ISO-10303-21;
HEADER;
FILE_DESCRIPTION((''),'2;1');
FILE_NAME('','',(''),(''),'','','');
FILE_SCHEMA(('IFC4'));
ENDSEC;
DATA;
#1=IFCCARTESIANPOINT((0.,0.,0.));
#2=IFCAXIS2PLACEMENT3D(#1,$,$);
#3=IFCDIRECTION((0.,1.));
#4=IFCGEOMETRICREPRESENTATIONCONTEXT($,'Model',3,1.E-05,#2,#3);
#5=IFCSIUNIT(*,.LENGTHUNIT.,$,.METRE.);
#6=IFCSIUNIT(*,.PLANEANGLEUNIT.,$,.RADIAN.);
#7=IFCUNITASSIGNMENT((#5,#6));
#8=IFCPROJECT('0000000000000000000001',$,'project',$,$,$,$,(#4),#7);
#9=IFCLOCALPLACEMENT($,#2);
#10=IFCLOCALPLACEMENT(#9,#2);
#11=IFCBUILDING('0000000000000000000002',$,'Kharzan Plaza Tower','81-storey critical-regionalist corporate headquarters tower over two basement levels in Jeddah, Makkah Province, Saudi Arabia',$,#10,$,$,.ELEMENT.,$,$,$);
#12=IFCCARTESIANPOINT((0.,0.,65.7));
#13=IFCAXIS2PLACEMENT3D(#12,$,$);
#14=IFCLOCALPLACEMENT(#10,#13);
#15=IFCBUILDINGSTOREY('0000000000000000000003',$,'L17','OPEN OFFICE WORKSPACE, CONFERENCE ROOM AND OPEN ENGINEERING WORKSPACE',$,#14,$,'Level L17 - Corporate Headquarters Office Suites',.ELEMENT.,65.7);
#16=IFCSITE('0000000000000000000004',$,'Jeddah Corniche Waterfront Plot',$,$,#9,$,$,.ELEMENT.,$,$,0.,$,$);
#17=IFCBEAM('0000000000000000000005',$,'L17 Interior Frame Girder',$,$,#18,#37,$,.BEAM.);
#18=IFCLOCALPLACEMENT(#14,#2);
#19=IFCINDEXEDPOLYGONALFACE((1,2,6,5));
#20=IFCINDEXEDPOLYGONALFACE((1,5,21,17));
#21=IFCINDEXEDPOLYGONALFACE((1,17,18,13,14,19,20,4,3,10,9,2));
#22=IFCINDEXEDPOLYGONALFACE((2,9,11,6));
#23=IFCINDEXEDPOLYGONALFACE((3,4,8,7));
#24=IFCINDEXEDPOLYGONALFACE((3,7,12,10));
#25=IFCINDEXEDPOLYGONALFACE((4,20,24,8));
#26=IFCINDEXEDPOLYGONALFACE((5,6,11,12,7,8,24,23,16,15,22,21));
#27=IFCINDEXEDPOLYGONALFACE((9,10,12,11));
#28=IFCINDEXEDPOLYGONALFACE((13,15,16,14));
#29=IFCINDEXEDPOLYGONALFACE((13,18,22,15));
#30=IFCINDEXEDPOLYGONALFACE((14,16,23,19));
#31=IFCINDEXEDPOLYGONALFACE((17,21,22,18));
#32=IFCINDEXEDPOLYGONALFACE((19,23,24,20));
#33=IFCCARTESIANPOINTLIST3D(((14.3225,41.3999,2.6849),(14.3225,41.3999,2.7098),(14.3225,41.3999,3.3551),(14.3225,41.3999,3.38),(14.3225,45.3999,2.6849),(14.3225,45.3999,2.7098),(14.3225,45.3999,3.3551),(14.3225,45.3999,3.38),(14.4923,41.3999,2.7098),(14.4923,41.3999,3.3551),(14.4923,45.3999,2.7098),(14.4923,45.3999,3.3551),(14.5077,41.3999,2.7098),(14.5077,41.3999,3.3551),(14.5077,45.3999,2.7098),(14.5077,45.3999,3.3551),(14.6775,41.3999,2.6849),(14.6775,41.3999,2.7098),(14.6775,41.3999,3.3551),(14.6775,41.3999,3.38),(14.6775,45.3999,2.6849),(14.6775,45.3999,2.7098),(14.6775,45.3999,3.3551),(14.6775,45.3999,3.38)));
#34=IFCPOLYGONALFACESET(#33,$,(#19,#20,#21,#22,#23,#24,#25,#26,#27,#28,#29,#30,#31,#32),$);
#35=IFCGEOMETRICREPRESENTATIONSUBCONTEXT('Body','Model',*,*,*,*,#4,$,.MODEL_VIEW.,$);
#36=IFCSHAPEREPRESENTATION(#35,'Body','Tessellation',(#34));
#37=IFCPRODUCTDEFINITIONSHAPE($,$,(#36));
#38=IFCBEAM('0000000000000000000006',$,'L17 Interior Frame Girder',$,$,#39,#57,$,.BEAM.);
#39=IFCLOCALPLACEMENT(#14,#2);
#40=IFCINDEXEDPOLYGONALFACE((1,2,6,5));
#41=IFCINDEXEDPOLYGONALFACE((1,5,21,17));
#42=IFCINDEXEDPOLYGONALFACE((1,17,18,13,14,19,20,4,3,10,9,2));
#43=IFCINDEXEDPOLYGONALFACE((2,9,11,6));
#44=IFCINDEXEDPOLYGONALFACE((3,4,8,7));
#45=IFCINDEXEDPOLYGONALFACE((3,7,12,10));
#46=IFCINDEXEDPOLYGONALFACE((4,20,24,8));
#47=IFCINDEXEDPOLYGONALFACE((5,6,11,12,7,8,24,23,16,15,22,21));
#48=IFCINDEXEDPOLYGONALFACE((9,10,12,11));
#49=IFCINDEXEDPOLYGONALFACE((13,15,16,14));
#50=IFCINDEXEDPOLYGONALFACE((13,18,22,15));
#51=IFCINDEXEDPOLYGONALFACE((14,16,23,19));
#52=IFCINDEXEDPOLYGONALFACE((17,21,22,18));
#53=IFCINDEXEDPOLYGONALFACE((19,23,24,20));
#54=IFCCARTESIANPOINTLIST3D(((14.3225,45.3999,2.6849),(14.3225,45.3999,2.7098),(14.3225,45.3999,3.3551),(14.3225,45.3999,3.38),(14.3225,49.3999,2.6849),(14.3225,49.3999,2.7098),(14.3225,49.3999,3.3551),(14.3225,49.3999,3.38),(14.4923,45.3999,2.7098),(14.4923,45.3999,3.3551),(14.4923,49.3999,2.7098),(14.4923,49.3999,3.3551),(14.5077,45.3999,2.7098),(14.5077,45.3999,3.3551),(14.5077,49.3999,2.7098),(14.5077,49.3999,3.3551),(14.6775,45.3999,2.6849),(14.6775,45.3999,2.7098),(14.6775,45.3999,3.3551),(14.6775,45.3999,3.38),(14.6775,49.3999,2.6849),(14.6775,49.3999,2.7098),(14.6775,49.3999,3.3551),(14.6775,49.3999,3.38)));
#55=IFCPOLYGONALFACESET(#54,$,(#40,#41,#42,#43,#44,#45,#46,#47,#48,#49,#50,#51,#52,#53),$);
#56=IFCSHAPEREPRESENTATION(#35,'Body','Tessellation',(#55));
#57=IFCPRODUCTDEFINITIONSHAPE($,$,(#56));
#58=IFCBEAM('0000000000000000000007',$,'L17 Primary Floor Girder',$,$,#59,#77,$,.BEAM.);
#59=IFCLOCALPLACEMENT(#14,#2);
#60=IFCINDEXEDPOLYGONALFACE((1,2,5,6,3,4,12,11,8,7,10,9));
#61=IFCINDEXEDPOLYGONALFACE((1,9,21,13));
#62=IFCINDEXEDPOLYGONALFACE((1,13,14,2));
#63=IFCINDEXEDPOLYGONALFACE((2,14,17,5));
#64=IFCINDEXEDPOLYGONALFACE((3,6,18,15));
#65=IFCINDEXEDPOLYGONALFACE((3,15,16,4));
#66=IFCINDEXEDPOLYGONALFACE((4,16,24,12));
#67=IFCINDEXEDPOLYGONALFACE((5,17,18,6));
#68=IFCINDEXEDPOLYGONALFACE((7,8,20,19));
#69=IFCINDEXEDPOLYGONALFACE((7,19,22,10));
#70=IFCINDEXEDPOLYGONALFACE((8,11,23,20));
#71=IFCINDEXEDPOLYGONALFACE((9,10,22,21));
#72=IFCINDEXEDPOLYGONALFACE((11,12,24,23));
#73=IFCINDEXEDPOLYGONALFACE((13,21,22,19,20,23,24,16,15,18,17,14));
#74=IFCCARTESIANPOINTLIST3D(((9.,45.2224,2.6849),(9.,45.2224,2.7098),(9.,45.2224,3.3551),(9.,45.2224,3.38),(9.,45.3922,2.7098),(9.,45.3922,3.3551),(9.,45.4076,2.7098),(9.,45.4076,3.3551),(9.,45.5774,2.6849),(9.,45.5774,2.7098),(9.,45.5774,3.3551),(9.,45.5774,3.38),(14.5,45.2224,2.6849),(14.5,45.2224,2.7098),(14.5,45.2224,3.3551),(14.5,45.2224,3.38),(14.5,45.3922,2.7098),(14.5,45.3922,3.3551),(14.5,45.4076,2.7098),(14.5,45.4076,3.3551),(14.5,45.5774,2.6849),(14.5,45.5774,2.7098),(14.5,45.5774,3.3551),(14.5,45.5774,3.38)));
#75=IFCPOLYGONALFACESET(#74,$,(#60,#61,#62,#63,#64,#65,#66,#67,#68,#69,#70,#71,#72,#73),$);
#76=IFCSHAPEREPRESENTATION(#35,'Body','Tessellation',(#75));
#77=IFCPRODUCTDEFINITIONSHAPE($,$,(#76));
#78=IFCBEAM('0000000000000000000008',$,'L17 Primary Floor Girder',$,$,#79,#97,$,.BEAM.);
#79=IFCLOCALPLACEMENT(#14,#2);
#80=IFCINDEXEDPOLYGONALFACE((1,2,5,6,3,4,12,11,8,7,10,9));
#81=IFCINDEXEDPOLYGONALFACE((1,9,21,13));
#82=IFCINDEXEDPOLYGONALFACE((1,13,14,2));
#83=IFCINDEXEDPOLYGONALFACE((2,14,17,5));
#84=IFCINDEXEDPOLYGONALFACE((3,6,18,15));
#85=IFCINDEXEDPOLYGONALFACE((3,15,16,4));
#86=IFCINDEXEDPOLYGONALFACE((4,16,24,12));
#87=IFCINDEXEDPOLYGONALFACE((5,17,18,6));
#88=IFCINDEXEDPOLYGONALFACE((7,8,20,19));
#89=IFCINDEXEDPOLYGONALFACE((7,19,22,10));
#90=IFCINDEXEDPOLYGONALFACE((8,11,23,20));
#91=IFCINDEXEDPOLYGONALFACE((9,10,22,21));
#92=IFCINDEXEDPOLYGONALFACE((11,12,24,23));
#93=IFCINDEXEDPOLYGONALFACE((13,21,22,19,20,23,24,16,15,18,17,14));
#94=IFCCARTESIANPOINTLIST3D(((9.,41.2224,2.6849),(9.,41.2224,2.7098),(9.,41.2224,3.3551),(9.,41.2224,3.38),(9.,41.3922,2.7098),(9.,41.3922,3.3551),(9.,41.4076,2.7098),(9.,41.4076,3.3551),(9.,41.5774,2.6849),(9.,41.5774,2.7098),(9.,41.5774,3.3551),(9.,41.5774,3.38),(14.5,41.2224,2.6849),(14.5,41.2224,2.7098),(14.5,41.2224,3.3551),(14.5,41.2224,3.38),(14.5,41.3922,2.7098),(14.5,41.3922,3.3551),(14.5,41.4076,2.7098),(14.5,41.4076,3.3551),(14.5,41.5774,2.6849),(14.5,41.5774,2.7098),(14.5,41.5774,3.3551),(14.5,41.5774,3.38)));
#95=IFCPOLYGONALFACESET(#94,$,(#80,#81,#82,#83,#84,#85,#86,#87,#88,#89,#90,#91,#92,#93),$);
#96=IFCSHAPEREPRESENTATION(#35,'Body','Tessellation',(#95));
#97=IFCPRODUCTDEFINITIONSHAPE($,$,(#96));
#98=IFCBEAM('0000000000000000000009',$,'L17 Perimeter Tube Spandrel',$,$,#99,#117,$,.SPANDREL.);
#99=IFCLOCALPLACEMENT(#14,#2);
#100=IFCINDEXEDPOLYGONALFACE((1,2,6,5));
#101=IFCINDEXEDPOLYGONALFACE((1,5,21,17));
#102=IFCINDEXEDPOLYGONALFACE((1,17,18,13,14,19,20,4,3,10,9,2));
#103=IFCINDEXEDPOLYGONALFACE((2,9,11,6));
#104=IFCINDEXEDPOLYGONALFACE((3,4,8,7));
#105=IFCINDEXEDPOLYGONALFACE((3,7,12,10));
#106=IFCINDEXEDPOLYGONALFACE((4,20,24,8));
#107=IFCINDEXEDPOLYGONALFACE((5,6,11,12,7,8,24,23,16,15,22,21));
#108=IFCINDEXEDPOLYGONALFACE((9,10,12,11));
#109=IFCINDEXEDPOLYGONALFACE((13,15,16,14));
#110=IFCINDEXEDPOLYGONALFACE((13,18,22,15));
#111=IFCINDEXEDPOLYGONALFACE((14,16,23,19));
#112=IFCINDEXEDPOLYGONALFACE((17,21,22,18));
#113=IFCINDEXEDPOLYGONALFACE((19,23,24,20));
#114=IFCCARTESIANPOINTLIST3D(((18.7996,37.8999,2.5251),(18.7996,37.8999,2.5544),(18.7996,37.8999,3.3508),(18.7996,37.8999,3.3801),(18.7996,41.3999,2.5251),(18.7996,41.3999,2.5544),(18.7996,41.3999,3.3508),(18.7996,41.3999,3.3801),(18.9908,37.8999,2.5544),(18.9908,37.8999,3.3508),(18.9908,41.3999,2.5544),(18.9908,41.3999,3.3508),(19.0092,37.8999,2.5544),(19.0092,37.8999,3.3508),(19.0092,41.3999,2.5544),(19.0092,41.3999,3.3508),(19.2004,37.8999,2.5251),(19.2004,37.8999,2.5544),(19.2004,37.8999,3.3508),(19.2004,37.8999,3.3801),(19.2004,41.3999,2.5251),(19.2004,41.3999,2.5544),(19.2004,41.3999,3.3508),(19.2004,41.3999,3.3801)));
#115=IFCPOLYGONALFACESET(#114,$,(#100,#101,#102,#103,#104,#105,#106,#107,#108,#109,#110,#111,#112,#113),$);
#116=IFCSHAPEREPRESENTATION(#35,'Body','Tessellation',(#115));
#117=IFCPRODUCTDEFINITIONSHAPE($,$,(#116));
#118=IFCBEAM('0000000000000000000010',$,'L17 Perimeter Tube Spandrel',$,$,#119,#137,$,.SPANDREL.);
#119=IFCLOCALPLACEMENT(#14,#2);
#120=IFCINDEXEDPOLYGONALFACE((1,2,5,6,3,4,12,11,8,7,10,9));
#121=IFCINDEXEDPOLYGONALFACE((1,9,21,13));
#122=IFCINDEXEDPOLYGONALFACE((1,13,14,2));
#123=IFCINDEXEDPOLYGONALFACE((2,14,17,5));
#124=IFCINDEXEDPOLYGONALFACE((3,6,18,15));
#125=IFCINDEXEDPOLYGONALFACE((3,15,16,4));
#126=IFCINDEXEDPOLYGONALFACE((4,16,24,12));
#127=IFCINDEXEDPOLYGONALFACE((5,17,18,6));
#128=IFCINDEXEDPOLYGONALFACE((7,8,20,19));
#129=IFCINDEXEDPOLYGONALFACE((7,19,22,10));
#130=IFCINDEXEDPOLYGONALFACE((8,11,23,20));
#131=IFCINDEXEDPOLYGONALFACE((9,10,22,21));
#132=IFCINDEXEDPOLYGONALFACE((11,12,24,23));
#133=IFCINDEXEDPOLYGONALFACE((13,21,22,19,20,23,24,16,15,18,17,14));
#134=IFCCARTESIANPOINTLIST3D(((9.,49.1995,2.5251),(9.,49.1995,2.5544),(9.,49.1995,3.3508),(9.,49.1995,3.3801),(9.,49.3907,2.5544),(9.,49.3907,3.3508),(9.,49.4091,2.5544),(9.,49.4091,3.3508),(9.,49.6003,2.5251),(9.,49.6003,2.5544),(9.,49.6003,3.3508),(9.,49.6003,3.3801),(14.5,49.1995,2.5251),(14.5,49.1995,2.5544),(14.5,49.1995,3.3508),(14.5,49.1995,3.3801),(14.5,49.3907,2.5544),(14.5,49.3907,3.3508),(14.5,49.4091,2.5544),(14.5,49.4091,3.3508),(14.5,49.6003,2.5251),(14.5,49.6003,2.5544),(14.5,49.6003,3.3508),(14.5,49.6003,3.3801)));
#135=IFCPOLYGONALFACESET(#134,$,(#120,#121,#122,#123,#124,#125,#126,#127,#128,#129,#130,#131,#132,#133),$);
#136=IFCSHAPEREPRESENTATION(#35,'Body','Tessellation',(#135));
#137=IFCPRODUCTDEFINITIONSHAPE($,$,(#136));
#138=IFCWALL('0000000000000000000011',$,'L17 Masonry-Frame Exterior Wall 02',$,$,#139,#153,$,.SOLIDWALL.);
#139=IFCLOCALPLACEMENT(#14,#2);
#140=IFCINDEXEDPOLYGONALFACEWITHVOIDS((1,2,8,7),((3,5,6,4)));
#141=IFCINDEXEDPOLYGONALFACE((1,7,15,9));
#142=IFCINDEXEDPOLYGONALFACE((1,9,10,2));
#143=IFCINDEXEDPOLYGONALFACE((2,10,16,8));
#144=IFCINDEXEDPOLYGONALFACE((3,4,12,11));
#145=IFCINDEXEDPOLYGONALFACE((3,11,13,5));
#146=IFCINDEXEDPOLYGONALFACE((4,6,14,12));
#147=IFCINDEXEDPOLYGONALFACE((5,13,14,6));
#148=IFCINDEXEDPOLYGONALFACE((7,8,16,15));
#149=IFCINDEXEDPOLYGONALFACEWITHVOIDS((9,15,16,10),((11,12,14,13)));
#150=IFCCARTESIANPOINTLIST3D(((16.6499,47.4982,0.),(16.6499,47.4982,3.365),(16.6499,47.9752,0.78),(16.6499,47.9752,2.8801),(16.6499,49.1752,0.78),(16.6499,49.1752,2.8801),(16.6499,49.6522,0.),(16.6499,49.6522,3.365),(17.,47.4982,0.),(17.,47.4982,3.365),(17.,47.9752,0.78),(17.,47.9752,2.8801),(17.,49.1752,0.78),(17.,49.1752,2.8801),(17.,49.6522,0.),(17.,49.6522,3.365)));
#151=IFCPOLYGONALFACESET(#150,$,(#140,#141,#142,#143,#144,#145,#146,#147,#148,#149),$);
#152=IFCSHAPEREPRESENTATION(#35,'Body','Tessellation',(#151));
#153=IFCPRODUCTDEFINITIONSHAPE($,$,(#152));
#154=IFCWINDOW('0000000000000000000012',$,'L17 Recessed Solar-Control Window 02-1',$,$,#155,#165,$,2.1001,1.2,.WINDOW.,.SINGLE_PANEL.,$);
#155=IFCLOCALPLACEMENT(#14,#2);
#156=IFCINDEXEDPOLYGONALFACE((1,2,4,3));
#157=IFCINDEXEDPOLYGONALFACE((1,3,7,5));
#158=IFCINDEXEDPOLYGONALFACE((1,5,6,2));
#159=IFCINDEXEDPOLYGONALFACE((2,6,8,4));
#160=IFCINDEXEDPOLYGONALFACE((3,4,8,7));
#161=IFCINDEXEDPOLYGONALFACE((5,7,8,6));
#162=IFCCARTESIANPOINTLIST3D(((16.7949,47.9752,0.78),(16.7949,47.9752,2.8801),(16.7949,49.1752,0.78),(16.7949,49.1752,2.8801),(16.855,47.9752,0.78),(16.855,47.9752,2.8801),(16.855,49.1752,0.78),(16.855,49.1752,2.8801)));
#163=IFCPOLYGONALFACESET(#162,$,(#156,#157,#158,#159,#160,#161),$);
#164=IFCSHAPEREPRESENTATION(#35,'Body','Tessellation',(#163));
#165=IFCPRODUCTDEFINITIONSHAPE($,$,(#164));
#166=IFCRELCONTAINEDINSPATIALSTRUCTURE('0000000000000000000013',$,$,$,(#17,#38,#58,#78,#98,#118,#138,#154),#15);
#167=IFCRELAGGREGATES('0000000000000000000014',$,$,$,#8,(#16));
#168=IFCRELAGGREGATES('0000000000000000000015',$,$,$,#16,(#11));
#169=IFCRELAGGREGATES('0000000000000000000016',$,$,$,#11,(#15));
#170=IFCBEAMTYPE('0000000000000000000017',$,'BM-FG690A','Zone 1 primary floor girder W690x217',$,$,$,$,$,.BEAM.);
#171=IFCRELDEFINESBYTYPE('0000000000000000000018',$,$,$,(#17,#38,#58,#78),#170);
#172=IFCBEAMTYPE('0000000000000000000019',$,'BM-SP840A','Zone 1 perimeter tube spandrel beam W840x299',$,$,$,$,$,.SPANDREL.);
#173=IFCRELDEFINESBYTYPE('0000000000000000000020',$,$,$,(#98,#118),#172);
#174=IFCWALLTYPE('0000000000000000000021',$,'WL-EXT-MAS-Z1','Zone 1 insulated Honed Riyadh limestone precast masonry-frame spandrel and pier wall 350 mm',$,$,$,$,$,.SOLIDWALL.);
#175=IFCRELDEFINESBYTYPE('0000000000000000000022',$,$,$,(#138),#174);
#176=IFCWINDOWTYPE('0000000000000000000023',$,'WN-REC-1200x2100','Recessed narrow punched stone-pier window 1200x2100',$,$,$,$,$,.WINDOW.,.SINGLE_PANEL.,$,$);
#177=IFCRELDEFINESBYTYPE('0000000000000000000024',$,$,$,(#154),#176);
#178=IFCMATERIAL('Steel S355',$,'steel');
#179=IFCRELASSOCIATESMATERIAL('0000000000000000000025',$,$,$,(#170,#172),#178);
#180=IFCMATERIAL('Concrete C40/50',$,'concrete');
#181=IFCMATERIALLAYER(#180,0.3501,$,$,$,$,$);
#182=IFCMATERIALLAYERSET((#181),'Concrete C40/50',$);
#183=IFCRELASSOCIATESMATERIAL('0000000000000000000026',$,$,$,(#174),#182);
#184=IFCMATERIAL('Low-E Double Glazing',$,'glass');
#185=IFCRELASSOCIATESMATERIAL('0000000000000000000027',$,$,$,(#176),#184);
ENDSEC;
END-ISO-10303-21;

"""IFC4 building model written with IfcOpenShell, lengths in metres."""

from ifc_helpers import new_model, si_unit, direction, frame, frame_2d, origin, origin_2d, place, context, subcontext, project, spatial, rectangle, i_section, extrude, source, transform, mapped, material, layer, layer_set, material_profile, profile_set, type_object, element, fill, save


model = new_model("IFC4")

# Units and contexts
model_context = context("Model", 3, precision=1e-05, world=origin(), true_north=direction((0.0, 1.0)))
body_context = subcontext(model_context, "Body", "Model", "MODEL_VIEW")
ifc_project = project(units=[si_unit("LENGTHUNIT", "METRE"), si_unit("PLANEANGLEUNIT", "RADIAN")], contexts=[model_context])

# Site, building, storey
site_placement = place(None, origin())
site = spatial("IfcSite", under=ifc_project, at=site_placement, Name="Jeddah Corniche Waterfront Plot", CompositionType="ELEMENT", RefElevation=0.0)
building_placement = place(site_placement, origin())
building = spatial("IfcBuilding", under=site, at=building_placement, Name="Kharzan Plaza Tower", Description="81-storey critical-regionalist corporate headquarters tower over two basement levels in Jeddah, Makkah Province, Saudi Arabia", CompositionType="ELEMENT")
storey_placement = place(building_placement, frame((0.0, 0.0, 65.7)))
storey = spatial("IfcBuildingStorey", under=building, at=storey_placement, Name="L17", Description="OPEN OFFICE WORKSPACE, CONFERENCE ROOM AND OPEN ENGINEERING WORKSPACE", LongName="Level L17 - Corporate Headquarters Office Suites", CompositionType="ELEMENT", Elevation=65.7)

# Beams
ifc_material_1 = material(Name="Steel S355", Category="steel")
ifc_material_profile_1 = material_profile(ifc_material_1, i_section(OverallWidth=0.355, OverallDepth=0.6951, WebThickness=0.0154, FlangeThickness=0.0249, at=origin_2d()), Name="W690x217")
ifc_profile_set_1 = profile_set([ifc_material_profile_1], Name="Steel S355")
beam_type_1 = type_object("IfcBeamType", Name="BM-FG690A", Description="Zone 1 primary floor girder W690x217", PredefinedType="BEAM", material=ifc_profile_set_1)
shared_shape_1 = source(origin(), body_context, "Body", "SweptSolid", [
    extrude(i_section(OverallWidth=0.355, OverallDepth=0.6951, WebThickness=0.0154, FlangeThickness=0.0249, at=origin_2d()), origin(), (0.0, 0.0, 1.0), 4.0),
])
for number, where, z_axis, x_axis, name in (
    (1, (14.5, 41.3999, 3.0325), (0.0, 1.0, 0.0), (-1.0, 0.0, 0.0), "L17 Interior Frame Girder"),
    (2, (14.5, 45.3999, 3.0325), (0.0, 1.0, 0.0), (-1.0, 0.0, 0.0), "L17 Interior Frame Girder"),
):
    element("IfcBeam", number, at=place(storey_placement, frame(where, z_axis=z_axis, x_axis=x_axis)), inside=storey, type_object=beam_type_1, Name=name, PredefinedType="BEAM", context=body_context, shape_type="MappedRepresentation", body=[
        mapped(shared_shape_1, transform((0.0, 0.0, 0.0), x_axis=(1.0, 0.0, 0.0), y_axis=(0.0, 1.0, 0.0), z_axis=(0.0, 0.0, 1.0))),
    ])
shared_shape_2 = source(origin(), body_context, "Body", "SweptSolid", [
    extrude(i_section(OverallWidth=0.355, OverallDepth=0.6951, WebThickness=0.0154, FlangeThickness=0.0249, at=origin_2d()), origin(), (0.0, 0.0, 1.0), 5.5),
])
for number, where, z_axis, x_axis, name in (
    (3, (9.0, 45.3999, 3.0325), (1.0, 0.0, 0.0), (0.0, 1.0, 0.0), "L17 Primary Floor Girder"),
    (4, (9.0, 41.3999, 3.0325), (1.0, 0.0, 0.0), (0.0, 1.0, 0.0), "L17 Primary Floor Girder"),
):
    element("IfcBeam", number, at=place(storey_placement, frame(where, z_axis=z_axis, x_axis=x_axis)), inside=storey, type_object=beam_type_1, Name=name, PredefinedType="BEAM", context=body_context, shape_type="MappedRepresentation", body=[
        mapped(shared_shape_2, transform((0.0, 0.0, 0.0), x_axis=(1.0, 0.0, 0.0), y_axis=(0.0, 1.0, 0.0), z_axis=(0.0, 0.0, 1.0))),
    ])
ifc_material_profile_2 = material_profile(ifc_material_1, i_section(OverallWidth=0.4009, OverallDepth=0.855, WebThickness=0.0183, FlangeThickness=0.0293, at=origin_2d()), Name="W840x299")
ifc_profile_set_2 = profile_set([ifc_material_profile_2], Name="Steel S355")
beam_type_2 = type_object("IfcBeamType", Name="BM-SP840A", Description="Zone 1 perimeter tube spandrel beam W840x299", PredefinedType="SPANDREL", material=ifc_profile_set_2)
shared_shape_3 = source(origin(), body_context, "Body", "SweptSolid", [
    extrude(i_section(OverallWidth=0.4009, OverallDepth=0.855, WebThickness=0.0183, FlangeThickness=0.0293, at=origin_2d()), origin(), (0.0, 0.0, 1.0), 3.5),
])
beam_1_placement = place(storey_placement, frame((19.0, 37.8999, 2.9526), z_axis=(0.0, 1.0, 0.0), x_axis=(-1.0, 0.0, 0.0)))
element("IfcBeam", 5, at=beam_1_placement, inside=storey, type_object=beam_type_2, Name="L17 Perimeter Tube Spandrel", PredefinedType="SPANDREL", context=body_context, shape_type="MappedRepresentation", body=[
    mapped(shared_shape_3, transform((0.0, 0.0, 0.0), x_axis=(1.0, 0.0, 0.0), y_axis=(0.0, 1.0, 0.0), z_axis=(0.0, 0.0, 1.0))),
])
shared_shape_4 = source(origin(), body_context, "Body", "SweptSolid", [
    extrude(i_section(OverallWidth=0.4009, OverallDepth=0.855, WebThickness=0.0183, FlangeThickness=0.0293, at=origin_2d()), origin(), (0.0, 0.0, 1.0), 5.5),
])
beam_2_placement = place(storey_placement, frame((9.0, 49.3999, 2.9526), z_axis=(1.0, 0.0, 0.0), x_axis=(0.0, 1.0, 0.0)))
element("IfcBeam", 6, at=beam_2_placement, inside=storey, type_object=beam_type_2, Name="L17 Perimeter Tube Spandrel", PredefinedType="SPANDREL", context=body_context, shape_type="MappedRepresentation", body=[
    mapped(shared_shape_4, transform((0.0, 0.0, 0.0), x_axis=(1.0, 0.0, 0.0), y_axis=(0.0, 1.0, 0.0), z_axis=(0.0, 0.0, 1.0))),
])

# Wall, opening, window
ifc_material_2 = material(Name="Concrete C40/50", Category="concrete")
ifc_layer_1 = layer(ifc_material_2, 0.3501)
ifc_layer_set_1 = layer_set([ifc_layer_1], Name="Concrete C40/50")
wall_type_1 = type_object("IfcWallType", Name="WL-EXT-MAS-Z1", Description="Zone 1 insulated Honed Riyadh limestone precast masonry-frame spandrel and pier wall 350 mm", PredefinedType="SOLIDWALL", material=ifc_layer_set_1)
wall_1_placement = place(storey_placement, frame((16.825, 47.498, 0.0), z_axis=(0.0, 0.0, 1.0), x_axis=(0.0, 1.0, 0.0)))
wall_1 = element("IfcWall", 7, at=wall_1_placement, inside=storey, type_object=wall_type_1, Name="L17 Masonry-Frame Exterior Wall 02", PredefinedType="SOLIDWALL", context=body_context, shape_type="SweptSolid", body=[
    extrude(rectangle(XDim=2.1541, YDim=0.3501, at=frame_2d((1.0771, 0.0))), origin(), (0.0, 0.0, 1.0), 3.365),
])
opening_1_placement = place(wall_1_placement, frame((0.4771, 0.0, 0.78)))
opening_1 = element("IfcOpeningElement", 8, at=opening_1_placement, cuts=wall_1, PredefinedType="OPENING", context=body_context, shape_type="SweptSolid", body=[
    extrude(rectangle(XDim=1.2, YDim=2.1001, at=frame_2d((0.6001, 1.05))), frame((0.0, 0.1851, 0.0), z_axis=(0.0, -1.0, 0.0), x_axis=(1.0, 0.0, 0.0)), (0.0, 0.0, 1.0), 0.3701),
])
ifc_material_3 = material(Name="Low-E Double Glazing", Category="glass")
window_type_1 = type_object("IfcWindowType", Name="WN-REC-1200x2100", Description="Recessed narrow punched stone-pier window 1200x2100", PartitioningType="SINGLE_PANEL", PredefinedType="WINDOW", material=ifc_material_3)
shared_shape_5 = source(origin(), body_context, "Body", "SweptSolid", [
    extrude(rectangle(XDim=1.2, YDim=2.1001, at=frame_2d((0.6001, 1.05))), frame((0.0, 0.03, 0.0), z_axis=(0.0, -1.0, 0.0), x_axis=(1.0, 0.0, 0.0)), (0.0, 0.0, 1.0), 0.0601),
])
window_1_placement = place(opening_1_placement, origin())
window_1 = element("IfcWindow", 9, at=window_1_placement, inside=storey, type_object=window_type_1, Name="L17 Recessed Solar-Control Window 02-1", OverallHeight=2.1001, OverallWidth=1.2, PartitioningType="SINGLE_PANEL", PredefinedType="WINDOW", context=body_context, shape_type="MappedRepresentation", body=[
    mapped(shared_shape_5, transform((0.0, 0.0, 0.0), x_axis=(1.0, 0.0, 0.0), y_axis=(0.0, 1.0, 0.0), z_axis=(0.0, 0.0, 1.0))),
])
fill(opening_1, window_1)

save(model, "model.ifc")
